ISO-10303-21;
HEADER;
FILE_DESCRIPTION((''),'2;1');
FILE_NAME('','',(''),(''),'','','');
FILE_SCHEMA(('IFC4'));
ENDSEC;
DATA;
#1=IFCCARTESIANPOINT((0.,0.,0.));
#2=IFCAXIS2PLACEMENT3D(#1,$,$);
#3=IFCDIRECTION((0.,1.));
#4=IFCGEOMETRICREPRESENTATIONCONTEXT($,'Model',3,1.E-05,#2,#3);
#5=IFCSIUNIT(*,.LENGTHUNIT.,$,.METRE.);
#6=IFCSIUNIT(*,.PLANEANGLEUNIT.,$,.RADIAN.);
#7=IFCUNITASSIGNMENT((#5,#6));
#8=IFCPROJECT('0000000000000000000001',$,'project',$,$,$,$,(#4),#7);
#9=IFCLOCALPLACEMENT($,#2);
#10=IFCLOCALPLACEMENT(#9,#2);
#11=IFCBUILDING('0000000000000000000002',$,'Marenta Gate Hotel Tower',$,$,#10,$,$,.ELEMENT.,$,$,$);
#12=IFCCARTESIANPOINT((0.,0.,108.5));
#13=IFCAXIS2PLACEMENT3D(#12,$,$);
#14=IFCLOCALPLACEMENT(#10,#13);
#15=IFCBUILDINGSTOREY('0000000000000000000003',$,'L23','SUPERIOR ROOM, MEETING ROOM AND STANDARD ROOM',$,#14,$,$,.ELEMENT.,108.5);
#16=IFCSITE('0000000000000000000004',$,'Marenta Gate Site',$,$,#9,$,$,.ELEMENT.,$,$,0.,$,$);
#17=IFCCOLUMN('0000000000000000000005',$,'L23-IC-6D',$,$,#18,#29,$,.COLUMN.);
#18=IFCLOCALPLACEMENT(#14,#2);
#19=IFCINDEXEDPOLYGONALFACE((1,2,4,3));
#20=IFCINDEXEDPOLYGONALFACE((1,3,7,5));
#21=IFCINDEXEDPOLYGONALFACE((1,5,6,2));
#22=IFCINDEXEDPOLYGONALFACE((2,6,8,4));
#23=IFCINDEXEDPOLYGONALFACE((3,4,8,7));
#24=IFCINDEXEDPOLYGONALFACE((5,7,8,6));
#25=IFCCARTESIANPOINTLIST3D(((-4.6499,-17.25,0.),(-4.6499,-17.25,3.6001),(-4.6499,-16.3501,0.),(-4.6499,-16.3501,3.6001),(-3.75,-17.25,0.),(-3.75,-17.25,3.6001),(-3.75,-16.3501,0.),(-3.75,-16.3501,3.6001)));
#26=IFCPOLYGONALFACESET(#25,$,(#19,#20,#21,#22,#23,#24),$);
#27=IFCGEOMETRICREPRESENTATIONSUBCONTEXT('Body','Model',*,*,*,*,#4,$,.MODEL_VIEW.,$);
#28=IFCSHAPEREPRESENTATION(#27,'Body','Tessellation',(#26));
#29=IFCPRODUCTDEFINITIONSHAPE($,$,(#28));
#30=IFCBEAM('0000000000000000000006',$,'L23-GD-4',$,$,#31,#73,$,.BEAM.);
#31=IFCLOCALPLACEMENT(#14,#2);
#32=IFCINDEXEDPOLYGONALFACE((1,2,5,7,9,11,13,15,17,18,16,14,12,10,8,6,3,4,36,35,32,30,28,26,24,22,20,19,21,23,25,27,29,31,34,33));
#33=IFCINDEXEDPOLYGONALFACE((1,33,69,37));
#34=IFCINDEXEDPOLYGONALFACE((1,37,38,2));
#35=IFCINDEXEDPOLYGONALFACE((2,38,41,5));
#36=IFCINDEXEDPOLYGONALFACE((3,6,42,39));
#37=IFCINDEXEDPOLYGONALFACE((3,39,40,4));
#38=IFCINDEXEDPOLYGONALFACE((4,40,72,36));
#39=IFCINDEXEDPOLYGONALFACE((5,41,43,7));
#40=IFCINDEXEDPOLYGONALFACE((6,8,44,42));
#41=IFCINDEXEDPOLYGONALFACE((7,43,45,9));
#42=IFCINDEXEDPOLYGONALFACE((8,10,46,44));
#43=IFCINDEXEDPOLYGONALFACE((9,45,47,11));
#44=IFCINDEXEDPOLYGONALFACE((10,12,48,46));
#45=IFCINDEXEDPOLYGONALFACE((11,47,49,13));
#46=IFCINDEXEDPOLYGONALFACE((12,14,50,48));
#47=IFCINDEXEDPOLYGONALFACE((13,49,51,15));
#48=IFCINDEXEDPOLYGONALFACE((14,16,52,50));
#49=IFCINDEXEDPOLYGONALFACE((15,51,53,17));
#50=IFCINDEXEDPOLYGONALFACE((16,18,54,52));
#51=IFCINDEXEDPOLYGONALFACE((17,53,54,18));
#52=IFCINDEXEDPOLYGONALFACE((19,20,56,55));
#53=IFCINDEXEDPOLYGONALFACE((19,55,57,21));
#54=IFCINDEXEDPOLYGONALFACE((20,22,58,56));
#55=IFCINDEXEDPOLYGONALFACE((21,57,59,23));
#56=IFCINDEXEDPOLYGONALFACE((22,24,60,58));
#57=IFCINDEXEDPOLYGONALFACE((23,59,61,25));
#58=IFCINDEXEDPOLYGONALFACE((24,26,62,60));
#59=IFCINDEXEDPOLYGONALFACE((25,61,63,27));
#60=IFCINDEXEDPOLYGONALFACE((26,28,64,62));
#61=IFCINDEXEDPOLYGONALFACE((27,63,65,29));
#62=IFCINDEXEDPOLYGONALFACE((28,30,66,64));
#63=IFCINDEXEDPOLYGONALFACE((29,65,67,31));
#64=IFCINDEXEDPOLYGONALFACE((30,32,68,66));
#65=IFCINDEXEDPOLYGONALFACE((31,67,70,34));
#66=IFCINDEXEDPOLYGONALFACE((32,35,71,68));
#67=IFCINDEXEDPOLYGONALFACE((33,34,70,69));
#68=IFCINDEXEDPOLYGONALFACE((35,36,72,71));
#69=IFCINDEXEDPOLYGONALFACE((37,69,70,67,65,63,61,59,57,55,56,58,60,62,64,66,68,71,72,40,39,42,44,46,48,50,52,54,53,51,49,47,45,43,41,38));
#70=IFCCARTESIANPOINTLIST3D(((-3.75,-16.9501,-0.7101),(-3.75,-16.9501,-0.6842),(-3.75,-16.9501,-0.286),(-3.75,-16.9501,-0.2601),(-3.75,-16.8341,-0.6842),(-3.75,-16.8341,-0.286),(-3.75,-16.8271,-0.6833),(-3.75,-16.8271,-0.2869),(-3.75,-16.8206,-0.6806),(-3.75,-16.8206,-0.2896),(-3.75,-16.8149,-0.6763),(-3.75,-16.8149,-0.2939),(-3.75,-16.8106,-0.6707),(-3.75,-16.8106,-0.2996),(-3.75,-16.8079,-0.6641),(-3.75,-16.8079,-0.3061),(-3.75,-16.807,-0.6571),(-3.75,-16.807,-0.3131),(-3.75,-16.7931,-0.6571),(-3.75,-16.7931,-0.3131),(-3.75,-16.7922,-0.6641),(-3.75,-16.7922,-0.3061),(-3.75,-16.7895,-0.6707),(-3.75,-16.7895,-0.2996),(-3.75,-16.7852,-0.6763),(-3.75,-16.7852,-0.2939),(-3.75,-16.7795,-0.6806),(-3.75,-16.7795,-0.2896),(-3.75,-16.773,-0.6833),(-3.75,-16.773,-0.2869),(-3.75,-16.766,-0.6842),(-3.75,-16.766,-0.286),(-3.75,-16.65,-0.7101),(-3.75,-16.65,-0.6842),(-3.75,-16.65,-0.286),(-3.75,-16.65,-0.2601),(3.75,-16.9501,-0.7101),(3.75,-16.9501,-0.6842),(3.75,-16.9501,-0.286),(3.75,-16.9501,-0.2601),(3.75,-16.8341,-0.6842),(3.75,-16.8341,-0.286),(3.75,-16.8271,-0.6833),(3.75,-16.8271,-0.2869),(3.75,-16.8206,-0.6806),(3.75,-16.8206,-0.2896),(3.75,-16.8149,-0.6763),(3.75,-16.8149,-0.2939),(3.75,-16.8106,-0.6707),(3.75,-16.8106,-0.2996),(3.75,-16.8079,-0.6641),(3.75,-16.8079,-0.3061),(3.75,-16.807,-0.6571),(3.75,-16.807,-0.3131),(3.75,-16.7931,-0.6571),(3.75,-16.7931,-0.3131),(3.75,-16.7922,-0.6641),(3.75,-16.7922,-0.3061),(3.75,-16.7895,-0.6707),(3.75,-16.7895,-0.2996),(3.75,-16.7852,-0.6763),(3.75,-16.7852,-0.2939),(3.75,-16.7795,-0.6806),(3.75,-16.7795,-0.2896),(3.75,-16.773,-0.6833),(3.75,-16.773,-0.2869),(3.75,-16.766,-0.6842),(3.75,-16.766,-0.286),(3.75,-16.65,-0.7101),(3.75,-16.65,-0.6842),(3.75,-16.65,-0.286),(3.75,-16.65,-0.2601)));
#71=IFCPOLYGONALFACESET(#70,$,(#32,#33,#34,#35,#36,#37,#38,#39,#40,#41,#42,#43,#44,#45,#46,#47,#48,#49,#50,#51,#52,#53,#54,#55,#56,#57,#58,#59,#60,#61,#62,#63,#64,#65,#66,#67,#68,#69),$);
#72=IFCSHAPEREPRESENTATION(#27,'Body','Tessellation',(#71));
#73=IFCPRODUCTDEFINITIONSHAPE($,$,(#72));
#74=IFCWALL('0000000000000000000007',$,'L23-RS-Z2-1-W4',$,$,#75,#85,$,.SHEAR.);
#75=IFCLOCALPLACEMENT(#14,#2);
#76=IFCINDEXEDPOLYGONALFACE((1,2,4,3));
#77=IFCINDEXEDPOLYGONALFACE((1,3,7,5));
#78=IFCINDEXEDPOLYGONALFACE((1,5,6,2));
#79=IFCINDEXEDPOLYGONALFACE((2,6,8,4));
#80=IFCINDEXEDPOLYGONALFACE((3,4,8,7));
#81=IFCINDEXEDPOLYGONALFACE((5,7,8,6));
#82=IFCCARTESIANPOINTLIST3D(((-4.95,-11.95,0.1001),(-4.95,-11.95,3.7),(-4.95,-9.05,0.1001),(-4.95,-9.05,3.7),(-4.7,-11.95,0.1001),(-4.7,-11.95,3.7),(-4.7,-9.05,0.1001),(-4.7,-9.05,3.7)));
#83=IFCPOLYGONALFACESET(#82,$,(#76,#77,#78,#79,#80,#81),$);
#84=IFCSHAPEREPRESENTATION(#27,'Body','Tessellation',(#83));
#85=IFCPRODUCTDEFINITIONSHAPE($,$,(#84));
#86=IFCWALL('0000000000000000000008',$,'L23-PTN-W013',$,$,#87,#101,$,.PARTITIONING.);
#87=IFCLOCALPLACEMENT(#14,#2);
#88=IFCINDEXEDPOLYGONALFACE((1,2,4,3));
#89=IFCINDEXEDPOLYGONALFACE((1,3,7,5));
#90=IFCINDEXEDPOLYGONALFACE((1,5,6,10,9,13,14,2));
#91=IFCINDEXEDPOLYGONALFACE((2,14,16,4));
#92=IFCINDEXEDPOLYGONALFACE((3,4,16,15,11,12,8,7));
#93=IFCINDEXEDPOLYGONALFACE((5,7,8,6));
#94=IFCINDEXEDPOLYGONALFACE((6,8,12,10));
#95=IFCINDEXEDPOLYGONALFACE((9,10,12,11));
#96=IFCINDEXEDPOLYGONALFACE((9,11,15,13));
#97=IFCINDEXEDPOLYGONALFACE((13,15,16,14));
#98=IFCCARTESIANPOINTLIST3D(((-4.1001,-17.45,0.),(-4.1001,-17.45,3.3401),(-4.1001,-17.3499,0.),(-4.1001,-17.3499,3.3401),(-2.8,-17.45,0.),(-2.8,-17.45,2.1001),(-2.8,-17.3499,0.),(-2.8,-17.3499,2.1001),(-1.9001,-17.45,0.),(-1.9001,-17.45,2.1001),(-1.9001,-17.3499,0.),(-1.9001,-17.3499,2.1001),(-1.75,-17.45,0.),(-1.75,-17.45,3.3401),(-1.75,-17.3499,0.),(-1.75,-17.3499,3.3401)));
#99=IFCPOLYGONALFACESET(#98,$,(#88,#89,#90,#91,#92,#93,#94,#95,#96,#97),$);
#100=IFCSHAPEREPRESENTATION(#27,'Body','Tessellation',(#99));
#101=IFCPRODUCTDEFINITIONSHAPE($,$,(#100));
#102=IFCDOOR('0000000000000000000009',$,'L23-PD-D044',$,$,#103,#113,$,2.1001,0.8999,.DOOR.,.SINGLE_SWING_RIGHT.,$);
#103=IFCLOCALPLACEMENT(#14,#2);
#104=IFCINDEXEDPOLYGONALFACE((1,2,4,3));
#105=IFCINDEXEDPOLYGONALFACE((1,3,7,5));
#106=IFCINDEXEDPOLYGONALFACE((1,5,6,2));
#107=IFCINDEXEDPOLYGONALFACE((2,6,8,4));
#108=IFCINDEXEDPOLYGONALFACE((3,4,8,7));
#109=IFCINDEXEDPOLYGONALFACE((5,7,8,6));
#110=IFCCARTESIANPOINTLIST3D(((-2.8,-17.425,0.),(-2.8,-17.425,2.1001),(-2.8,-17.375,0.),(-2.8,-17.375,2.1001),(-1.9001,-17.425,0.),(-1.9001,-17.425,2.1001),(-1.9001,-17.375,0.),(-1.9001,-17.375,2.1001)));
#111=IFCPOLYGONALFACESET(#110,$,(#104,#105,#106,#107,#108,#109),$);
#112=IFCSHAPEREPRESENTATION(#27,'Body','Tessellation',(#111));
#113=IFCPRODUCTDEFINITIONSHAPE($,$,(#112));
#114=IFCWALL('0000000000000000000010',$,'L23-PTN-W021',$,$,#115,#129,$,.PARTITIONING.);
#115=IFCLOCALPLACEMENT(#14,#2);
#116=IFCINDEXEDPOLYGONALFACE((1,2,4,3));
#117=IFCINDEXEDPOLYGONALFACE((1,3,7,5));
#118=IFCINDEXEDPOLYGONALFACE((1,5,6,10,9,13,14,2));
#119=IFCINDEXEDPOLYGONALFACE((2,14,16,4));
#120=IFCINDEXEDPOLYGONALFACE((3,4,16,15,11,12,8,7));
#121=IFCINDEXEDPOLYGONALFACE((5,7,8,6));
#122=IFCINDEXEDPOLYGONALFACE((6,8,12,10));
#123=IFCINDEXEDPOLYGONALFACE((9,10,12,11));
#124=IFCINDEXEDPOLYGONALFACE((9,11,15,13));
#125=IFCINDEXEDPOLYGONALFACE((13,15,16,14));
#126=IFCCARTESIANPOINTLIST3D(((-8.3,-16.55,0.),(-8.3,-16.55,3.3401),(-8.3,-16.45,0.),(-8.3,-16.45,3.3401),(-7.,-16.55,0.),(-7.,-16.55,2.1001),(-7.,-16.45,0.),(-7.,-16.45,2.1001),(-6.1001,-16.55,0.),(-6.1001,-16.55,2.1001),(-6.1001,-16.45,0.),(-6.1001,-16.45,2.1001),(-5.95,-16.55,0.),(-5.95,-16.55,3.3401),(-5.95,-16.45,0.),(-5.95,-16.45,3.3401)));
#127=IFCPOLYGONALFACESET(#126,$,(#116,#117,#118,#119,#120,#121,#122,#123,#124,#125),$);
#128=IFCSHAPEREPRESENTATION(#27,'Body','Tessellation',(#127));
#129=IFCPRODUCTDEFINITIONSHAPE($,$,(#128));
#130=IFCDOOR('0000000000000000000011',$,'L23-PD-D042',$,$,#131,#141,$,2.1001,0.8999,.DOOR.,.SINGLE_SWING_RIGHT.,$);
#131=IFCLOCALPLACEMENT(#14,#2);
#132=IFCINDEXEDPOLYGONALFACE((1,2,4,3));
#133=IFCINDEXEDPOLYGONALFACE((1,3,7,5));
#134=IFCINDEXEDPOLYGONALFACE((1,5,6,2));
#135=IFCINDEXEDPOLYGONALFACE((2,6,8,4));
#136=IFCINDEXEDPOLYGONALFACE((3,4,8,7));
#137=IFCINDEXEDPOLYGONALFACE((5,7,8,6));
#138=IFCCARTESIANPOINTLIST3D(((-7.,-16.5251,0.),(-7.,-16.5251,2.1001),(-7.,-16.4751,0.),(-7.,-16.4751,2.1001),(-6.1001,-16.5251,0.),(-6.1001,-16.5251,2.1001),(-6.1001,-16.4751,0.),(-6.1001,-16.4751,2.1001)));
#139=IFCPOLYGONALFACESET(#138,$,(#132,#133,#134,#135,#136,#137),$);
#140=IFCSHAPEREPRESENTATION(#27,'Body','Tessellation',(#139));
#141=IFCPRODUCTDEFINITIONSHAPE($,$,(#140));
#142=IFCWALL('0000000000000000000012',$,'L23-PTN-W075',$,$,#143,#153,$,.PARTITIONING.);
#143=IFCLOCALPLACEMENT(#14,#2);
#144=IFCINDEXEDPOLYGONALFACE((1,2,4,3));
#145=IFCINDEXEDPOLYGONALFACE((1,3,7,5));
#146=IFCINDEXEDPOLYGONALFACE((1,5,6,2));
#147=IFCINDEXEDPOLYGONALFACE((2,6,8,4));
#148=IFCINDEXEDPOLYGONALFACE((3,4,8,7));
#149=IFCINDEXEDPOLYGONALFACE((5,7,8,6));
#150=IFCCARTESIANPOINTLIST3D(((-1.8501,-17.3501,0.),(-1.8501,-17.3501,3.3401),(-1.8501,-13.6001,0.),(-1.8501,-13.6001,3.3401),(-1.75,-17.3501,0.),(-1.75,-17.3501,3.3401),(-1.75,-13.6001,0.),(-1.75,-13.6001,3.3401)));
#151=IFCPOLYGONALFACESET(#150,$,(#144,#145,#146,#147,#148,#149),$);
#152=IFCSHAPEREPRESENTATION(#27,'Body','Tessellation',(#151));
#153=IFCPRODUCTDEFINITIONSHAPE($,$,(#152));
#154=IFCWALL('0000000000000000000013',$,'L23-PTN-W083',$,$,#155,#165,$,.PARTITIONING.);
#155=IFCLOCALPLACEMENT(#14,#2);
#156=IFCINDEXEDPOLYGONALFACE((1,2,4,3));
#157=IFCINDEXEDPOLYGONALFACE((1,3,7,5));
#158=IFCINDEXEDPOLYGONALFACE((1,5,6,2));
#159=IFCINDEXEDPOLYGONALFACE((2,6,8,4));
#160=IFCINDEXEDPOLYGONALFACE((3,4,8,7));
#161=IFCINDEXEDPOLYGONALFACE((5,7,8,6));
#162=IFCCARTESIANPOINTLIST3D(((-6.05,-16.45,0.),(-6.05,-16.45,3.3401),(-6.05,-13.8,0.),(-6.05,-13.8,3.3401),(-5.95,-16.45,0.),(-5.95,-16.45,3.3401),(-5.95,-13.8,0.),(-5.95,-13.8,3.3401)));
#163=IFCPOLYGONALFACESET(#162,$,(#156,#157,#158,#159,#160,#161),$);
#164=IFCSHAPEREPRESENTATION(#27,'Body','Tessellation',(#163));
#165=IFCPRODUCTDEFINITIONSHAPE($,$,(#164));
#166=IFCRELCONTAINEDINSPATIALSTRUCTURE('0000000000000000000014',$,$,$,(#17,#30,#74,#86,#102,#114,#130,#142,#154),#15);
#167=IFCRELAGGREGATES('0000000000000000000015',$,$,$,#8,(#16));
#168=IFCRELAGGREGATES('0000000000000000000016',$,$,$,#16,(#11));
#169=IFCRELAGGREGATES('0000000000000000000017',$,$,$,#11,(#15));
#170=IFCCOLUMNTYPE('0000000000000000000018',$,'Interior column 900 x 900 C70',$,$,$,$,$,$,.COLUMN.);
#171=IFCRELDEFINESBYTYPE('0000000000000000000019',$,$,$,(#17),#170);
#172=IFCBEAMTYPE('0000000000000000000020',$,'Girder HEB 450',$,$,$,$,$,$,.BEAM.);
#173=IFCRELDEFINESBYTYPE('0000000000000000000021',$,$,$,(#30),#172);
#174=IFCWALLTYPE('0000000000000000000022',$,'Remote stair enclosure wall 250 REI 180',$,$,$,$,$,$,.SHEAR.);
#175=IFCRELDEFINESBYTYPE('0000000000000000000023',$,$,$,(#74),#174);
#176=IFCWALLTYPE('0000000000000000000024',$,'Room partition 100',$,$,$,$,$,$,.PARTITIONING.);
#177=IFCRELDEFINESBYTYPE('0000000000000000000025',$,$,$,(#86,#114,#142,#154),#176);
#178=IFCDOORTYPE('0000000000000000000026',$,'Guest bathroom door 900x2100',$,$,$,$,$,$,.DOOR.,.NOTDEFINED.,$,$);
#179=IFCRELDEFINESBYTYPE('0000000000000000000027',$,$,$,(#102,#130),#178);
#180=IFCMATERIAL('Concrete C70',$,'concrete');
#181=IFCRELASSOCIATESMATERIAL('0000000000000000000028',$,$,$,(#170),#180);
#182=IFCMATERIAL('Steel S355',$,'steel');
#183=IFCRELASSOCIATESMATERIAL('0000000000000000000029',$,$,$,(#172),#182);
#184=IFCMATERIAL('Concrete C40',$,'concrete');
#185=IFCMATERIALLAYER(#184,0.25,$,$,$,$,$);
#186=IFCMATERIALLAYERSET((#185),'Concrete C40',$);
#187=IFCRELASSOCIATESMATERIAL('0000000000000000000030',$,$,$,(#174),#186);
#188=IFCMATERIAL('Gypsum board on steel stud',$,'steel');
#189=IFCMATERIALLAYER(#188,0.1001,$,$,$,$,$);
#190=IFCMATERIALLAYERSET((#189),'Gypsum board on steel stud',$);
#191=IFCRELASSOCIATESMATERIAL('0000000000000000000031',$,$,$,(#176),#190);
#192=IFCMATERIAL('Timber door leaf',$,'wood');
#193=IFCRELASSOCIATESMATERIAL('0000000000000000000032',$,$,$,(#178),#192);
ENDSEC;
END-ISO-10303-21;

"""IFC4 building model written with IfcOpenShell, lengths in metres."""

from ifc_helpers import new_model, si_unit, direction, frame, frame_2d, origin, origin_2d, place, context, subcontext, project, spatial, rectangle, i_section, extrude, material, layer, layer_set, material_profile, profile_set, type_object, element, fill, save


model = new_model("IFC4")

# Units and contexts
model_context = context("Model", 3, precision=1e-05, world=origin(), true_north=direction((0.0, 1.0)))
body_context = subcontext(model_context, "Body", "Model", "MODEL_VIEW")
ifc_project = project(units=[si_unit("LENGTHUNIT", "METRE"), si_unit("PLANEANGLEUNIT", "RADIAN")], contexts=[model_context])

# Site, building, storey
site_placement = place(None, origin())
site = spatial("IfcSite", under=ifc_project, at=site_placement, Name="Marenta Gate Site", CompositionType="ELEMENT", RefElevation=0.0)
building_placement = place(site_placement, origin())
building = spatial("IfcBuilding", under=site, at=building_placement, Name="Marenta Gate Hotel Tower", CompositionType="ELEMENT")
storey_placement = place(building_placement, frame((0.0, 0.0, 108.5)))
storey = spatial("IfcBuildingStorey", under=building, at=storey_placement, Name="L23", Description="SUPERIOR ROOM, MEETING ROOM AND STANDARD ROOM", CompositionType="ELEMENT", Elevation=108.5)

# Column
ifc_material_1 = material(Name="Concrete C70", Category="concrete")
ifc_material_profile_1 = material_profile(ifc_material_1, rectangle(XDim=0.8999, YDim=0.8999, at=origin_2d()), Name="900 x 900")
ifc_profile_set_1 = profile_set([ifc_material_profile_1], Name="Concrete C70")
column_type = type_object("IfcColumnType", Name="Interior column 900 x 900 C70", PredefinedType="COLUMN", material=ifc_profile_set_1)
column_placement = place(storey_placement, frame((-4.2, -16.8, 0.0), z_axis=(0.0, 0.0, 1.0), x_axis=(1.0, 0.0, 0.0)))
element("IfcColumn", 1, at=column_placement, inside=storey, type_object=column_type, Name="L23-IC-6D", PredefinedType="COLUMN", context=body_context, shape_type="SweptSolid", body=[
    extrude(rectangle(XDim=0.8999, YDim=0.8999, at=origin_2d()), origin(), (0.0, 0.0, 1.0), 3.6001),
])

# Beam
ifc_material_2 = material(Name="Steel S355", Category="steel")
ifc_material_profile_2 = material_profile(ifc_material_2, i_section(OverallWidth=0.3, OverallDepth=0.45, WebThickness=0.0139, FlangeThickness=0.0259, FilletRadius=0.0271, at=origin_2d()), Name="HEB 450")
ifc_profile_set_2 = profile_set([ifc_material_profile_2], Name="Steel S355")
beam_type = type_object("IfcBeamType", Name="Girder HEB 450", PredefinedType="BEAM", material=ifc_profile_set_2)
beam_placement = place(storey_placement, frame((-3.75, -16.8, -0.4851), z_axis=(1.0, 0.0, 0.0), x_axis=(0.0, 1.0, 0.0)))
element("IfcBeam", 2, at=beam_placement, inside=storey, type_object=beam_type, Name="L23-GD-4", PredefinedType="BEAM", context=body_context, shape_type="SweptSolid", body=[
    extrude(i_section(OverallWidth=0.3, OverallDepth=0.45, WebThickness=0.0139, FlangeThickness=0.0259, FilletRadius=0.0271, at=origin_2d()), origin(), (0.0, 0.0, 1.0), 7.5),
])

# Wall
ifc_material_3 = material(Name="Concrete C40", Category="concrete")
ifc_layer_1 = layer(ifc_material_3, 0.25)
ifc_layer_set_1 = layer_set([ifc_layer_1], Name="Concrete C40")
wall_type_1 = type_object("IfcWallType", Name="Remote stair enclosure wall 250 REI 180", PredefinedType="SHEAR", material=ifc_layer_set_1)
wall_1_placement = place(storey_placement, frame((-4.825, -11.95, 0.1001), z_axis=(0.0, 0.0, 1.0), x_axis=(0.0, 1.0, 0.0)))
element("IfcWall", 3, at=wall_1_placement, inside=storey, type_object=wall_type_1, Name="L23-RS-Z2-1-W4", PredefinedType="SHEAR", context=body_context, shape_type="SweptSolid", body=[
    extrude(rectangle(XDim=2.8999, YDim=0.25, at=frame_2d((1.45, 0.0))), origin(), (0.0, 0.0, 1.0), 3.5999),
])

# Walls, openings, doors
ifc_material_4 = material(Name="Gypsum board on steel stud", Category="steel")
ifc_layer_2 = layer(ifc_material_4, 0.1001)
ifc_layer_set_2 = layer_set([ifc_layer_2], Name="Gypsum board on steel stud")
wall_type_2 = type_object("IfcWallType", Name="Room partition 100", PredefinedType="PARTITIONING", material=ifc_layer_set_2)
wall_2_placement = place(storey_placement, frame((-4.1001, -17.3999, 0.0), z_axis=(0.0, 0.0, 1.0), x_axis=(1.0, 0.0, 0.0)))
wall_2 = element("IfcWall", 4, at=wall_2_placement, inside=storey, type_object=wall_type_2, Name="L23-PTN-W013", PredefinedType="PARTITIONING", context=body_context, shape_type="SweptSolid", body=[
    extrude(rectangle(XDim=2.3501, YDim=0.1001, at=frame_2d((1.175, 0.0))), origin(), (0.0, 0.0, 1.0), 3.3401),
])
opening_1_placement = place(wall_2_placement, frame((1.3, 0.0, 0.0)))
opening_1 = element("IfcOpeningElement", 5, at=opening_1_placement, cuts=wall_2, PredefinedType="OPENING", context=body_context, shape_type="SweptSolid", body=[
    extrude(rectangle(XDim=0.8999, YDim=2.1001, at=frame_2d((0.45, 1.05))), frame((0.0, 0.05, 0.0), z_axis=(0.0, -1.0, 0.0), x_axis=(1.0, 0.0, 0.0)), (0.0, 0.0, 1.0), 0.1001),
])
ifc_material_5 = material(Name="Timber door leaf", Category="wood")
door_type_1 = type_object("IfcDoorType", Name="Guest bathroom door 900x2100", OperationType="NOTDEFINED", PredefinedType="DOOR", material=ifc_material_5)
door_1_placement = place(opening_1_placement, origin())
door_1 = element("IfcDoor", 6, at=door_1_placement, inside=storey, type_object=door_type_1, Name="L23-PD-D044", OperationType="SINGLE_SWING_RIGHT", OverallHeight=2.1001, OverallWidth=0.8999, PredefinedType="DOOR", context=body_context, shape_type="SweptSolid", body=[
    extrude(rectangle(XDim=0.8999, YDim=2.1001, at=frame_2d((0.45, 1.05))), frame((0.0, 0.0249, 0.0), z_axis=(0.0, -1.0, 0.0), x_axis=(1.0, 0.0, 0.0)), (0.0, 0.0, 1.0), 0.05),
])
fill(opening_1, door_1)
wall_3_placement = place(storey_placement, frame((-8.3, -16.5, 0.0), z_axis=(0.0, 0.0, 1.0), x_axis=(1.0, 0.0, 0.0)))
wall_3 = element("IfcWall", 7, at=wall_3_placement, inside=storey, type_object=wall_type_2, Name="L23-PTN-W021", PredefinedType="PARTITIONING", context=body_context, shape_type="SweptSolid", body=[
    extrude(rectangle(XDim=2.3501, YDim=0.1001, at=frame_2d((1.175, 0.0))), origin(), (0.0, 0.0, 1.0), 3.3401),
])
opening_2_placement = place(wall_3_placement, frame((1.3, 0.0, 0.0)))
opening_2 = element("IfcOpeningElement", 8, at=opening_2_placement, cuts=wall_3, PredefinedType="OPENING", context=body_context, shape_type="SweptSolid", body=[
    extrude(rectangle(XDim=0.8999, YDim=2.1001, at=frame_2d((0.45, 1.05))), frame((0.0, 0.05, 0.0), z_axis=(0.0, -1.0, 0.0), x_axis=(1.0, 0.0, 0.0)), (0.0, 0.0, 1.0), 0.1001),
])
door_2_placement = place(opening_2_placement, origin())
door_2 = element("IfcDoor", 9, at=door_2_placement, inside=storey, type_object=door_type_1, Name="L23-PD-D042", OperationType="SINGLE_SWING_RIGHT", OverallHeight=2.1001, OverallWidth=0.8999, PredefinedType="DOOR", context=body_context, shape_type="SweptSolid", body=[
    extrude(rectangle(XDim=0.8999, YDim=2.1001, at=frame_2d((0.45, 1.05))), frame((0.0, 0.0249, 0.0), z_axis=(0.0, -1.0, 0.0), x_axis=(1.0, 0.0, 0.0)), (0.0, 0.0, 1.0), 0.05),
])
fill(opening_2, door_2)

# Walls
wall_4_placement = place(storey_placement, frame((-1.8, -17.3501, 0.0), z_axis=(0.0, 0.0, 1.0), x_axis=(0.0, 1.0, 0.0)))
element("IfcWall", 10, at=wall_4_placement, inside=storey, type_object=wall_type_2, Name="L23-PTN-W075", PredefinedType="PARTITIONING", context=body_context, shape_type="SweptSolid", body=[
    extrude(rectangle(XDim=3.75, YDim=0.1001, at=frame_2d((1.875, 0.0))), origin(), (0.0, 0.0, 1.0), 3.3401),
])
wall_5_placement = place(storey_placement, frame((-6.0, -16.45, 0.0), z_axis=(0.0, 0.0, 1.0), x_axis=(0.0, 1.0, 0.0)))
element("IfcWall", 11, at=wall_5_placement, inside=storey, type_object=wall_type_2, Name="L23-PTN-W083", PredefinedType="PARTITIONING", context=body_context, shape_type="SweptSolid", body=[
    extrude(rectangle(XDim=2.6499, YDim=0.1001, at=frame_2d((1.325, 0.0))), origin(), (0.0, 0.0, 1.0), 3.3401),
])

save(model, "model.ifc")
